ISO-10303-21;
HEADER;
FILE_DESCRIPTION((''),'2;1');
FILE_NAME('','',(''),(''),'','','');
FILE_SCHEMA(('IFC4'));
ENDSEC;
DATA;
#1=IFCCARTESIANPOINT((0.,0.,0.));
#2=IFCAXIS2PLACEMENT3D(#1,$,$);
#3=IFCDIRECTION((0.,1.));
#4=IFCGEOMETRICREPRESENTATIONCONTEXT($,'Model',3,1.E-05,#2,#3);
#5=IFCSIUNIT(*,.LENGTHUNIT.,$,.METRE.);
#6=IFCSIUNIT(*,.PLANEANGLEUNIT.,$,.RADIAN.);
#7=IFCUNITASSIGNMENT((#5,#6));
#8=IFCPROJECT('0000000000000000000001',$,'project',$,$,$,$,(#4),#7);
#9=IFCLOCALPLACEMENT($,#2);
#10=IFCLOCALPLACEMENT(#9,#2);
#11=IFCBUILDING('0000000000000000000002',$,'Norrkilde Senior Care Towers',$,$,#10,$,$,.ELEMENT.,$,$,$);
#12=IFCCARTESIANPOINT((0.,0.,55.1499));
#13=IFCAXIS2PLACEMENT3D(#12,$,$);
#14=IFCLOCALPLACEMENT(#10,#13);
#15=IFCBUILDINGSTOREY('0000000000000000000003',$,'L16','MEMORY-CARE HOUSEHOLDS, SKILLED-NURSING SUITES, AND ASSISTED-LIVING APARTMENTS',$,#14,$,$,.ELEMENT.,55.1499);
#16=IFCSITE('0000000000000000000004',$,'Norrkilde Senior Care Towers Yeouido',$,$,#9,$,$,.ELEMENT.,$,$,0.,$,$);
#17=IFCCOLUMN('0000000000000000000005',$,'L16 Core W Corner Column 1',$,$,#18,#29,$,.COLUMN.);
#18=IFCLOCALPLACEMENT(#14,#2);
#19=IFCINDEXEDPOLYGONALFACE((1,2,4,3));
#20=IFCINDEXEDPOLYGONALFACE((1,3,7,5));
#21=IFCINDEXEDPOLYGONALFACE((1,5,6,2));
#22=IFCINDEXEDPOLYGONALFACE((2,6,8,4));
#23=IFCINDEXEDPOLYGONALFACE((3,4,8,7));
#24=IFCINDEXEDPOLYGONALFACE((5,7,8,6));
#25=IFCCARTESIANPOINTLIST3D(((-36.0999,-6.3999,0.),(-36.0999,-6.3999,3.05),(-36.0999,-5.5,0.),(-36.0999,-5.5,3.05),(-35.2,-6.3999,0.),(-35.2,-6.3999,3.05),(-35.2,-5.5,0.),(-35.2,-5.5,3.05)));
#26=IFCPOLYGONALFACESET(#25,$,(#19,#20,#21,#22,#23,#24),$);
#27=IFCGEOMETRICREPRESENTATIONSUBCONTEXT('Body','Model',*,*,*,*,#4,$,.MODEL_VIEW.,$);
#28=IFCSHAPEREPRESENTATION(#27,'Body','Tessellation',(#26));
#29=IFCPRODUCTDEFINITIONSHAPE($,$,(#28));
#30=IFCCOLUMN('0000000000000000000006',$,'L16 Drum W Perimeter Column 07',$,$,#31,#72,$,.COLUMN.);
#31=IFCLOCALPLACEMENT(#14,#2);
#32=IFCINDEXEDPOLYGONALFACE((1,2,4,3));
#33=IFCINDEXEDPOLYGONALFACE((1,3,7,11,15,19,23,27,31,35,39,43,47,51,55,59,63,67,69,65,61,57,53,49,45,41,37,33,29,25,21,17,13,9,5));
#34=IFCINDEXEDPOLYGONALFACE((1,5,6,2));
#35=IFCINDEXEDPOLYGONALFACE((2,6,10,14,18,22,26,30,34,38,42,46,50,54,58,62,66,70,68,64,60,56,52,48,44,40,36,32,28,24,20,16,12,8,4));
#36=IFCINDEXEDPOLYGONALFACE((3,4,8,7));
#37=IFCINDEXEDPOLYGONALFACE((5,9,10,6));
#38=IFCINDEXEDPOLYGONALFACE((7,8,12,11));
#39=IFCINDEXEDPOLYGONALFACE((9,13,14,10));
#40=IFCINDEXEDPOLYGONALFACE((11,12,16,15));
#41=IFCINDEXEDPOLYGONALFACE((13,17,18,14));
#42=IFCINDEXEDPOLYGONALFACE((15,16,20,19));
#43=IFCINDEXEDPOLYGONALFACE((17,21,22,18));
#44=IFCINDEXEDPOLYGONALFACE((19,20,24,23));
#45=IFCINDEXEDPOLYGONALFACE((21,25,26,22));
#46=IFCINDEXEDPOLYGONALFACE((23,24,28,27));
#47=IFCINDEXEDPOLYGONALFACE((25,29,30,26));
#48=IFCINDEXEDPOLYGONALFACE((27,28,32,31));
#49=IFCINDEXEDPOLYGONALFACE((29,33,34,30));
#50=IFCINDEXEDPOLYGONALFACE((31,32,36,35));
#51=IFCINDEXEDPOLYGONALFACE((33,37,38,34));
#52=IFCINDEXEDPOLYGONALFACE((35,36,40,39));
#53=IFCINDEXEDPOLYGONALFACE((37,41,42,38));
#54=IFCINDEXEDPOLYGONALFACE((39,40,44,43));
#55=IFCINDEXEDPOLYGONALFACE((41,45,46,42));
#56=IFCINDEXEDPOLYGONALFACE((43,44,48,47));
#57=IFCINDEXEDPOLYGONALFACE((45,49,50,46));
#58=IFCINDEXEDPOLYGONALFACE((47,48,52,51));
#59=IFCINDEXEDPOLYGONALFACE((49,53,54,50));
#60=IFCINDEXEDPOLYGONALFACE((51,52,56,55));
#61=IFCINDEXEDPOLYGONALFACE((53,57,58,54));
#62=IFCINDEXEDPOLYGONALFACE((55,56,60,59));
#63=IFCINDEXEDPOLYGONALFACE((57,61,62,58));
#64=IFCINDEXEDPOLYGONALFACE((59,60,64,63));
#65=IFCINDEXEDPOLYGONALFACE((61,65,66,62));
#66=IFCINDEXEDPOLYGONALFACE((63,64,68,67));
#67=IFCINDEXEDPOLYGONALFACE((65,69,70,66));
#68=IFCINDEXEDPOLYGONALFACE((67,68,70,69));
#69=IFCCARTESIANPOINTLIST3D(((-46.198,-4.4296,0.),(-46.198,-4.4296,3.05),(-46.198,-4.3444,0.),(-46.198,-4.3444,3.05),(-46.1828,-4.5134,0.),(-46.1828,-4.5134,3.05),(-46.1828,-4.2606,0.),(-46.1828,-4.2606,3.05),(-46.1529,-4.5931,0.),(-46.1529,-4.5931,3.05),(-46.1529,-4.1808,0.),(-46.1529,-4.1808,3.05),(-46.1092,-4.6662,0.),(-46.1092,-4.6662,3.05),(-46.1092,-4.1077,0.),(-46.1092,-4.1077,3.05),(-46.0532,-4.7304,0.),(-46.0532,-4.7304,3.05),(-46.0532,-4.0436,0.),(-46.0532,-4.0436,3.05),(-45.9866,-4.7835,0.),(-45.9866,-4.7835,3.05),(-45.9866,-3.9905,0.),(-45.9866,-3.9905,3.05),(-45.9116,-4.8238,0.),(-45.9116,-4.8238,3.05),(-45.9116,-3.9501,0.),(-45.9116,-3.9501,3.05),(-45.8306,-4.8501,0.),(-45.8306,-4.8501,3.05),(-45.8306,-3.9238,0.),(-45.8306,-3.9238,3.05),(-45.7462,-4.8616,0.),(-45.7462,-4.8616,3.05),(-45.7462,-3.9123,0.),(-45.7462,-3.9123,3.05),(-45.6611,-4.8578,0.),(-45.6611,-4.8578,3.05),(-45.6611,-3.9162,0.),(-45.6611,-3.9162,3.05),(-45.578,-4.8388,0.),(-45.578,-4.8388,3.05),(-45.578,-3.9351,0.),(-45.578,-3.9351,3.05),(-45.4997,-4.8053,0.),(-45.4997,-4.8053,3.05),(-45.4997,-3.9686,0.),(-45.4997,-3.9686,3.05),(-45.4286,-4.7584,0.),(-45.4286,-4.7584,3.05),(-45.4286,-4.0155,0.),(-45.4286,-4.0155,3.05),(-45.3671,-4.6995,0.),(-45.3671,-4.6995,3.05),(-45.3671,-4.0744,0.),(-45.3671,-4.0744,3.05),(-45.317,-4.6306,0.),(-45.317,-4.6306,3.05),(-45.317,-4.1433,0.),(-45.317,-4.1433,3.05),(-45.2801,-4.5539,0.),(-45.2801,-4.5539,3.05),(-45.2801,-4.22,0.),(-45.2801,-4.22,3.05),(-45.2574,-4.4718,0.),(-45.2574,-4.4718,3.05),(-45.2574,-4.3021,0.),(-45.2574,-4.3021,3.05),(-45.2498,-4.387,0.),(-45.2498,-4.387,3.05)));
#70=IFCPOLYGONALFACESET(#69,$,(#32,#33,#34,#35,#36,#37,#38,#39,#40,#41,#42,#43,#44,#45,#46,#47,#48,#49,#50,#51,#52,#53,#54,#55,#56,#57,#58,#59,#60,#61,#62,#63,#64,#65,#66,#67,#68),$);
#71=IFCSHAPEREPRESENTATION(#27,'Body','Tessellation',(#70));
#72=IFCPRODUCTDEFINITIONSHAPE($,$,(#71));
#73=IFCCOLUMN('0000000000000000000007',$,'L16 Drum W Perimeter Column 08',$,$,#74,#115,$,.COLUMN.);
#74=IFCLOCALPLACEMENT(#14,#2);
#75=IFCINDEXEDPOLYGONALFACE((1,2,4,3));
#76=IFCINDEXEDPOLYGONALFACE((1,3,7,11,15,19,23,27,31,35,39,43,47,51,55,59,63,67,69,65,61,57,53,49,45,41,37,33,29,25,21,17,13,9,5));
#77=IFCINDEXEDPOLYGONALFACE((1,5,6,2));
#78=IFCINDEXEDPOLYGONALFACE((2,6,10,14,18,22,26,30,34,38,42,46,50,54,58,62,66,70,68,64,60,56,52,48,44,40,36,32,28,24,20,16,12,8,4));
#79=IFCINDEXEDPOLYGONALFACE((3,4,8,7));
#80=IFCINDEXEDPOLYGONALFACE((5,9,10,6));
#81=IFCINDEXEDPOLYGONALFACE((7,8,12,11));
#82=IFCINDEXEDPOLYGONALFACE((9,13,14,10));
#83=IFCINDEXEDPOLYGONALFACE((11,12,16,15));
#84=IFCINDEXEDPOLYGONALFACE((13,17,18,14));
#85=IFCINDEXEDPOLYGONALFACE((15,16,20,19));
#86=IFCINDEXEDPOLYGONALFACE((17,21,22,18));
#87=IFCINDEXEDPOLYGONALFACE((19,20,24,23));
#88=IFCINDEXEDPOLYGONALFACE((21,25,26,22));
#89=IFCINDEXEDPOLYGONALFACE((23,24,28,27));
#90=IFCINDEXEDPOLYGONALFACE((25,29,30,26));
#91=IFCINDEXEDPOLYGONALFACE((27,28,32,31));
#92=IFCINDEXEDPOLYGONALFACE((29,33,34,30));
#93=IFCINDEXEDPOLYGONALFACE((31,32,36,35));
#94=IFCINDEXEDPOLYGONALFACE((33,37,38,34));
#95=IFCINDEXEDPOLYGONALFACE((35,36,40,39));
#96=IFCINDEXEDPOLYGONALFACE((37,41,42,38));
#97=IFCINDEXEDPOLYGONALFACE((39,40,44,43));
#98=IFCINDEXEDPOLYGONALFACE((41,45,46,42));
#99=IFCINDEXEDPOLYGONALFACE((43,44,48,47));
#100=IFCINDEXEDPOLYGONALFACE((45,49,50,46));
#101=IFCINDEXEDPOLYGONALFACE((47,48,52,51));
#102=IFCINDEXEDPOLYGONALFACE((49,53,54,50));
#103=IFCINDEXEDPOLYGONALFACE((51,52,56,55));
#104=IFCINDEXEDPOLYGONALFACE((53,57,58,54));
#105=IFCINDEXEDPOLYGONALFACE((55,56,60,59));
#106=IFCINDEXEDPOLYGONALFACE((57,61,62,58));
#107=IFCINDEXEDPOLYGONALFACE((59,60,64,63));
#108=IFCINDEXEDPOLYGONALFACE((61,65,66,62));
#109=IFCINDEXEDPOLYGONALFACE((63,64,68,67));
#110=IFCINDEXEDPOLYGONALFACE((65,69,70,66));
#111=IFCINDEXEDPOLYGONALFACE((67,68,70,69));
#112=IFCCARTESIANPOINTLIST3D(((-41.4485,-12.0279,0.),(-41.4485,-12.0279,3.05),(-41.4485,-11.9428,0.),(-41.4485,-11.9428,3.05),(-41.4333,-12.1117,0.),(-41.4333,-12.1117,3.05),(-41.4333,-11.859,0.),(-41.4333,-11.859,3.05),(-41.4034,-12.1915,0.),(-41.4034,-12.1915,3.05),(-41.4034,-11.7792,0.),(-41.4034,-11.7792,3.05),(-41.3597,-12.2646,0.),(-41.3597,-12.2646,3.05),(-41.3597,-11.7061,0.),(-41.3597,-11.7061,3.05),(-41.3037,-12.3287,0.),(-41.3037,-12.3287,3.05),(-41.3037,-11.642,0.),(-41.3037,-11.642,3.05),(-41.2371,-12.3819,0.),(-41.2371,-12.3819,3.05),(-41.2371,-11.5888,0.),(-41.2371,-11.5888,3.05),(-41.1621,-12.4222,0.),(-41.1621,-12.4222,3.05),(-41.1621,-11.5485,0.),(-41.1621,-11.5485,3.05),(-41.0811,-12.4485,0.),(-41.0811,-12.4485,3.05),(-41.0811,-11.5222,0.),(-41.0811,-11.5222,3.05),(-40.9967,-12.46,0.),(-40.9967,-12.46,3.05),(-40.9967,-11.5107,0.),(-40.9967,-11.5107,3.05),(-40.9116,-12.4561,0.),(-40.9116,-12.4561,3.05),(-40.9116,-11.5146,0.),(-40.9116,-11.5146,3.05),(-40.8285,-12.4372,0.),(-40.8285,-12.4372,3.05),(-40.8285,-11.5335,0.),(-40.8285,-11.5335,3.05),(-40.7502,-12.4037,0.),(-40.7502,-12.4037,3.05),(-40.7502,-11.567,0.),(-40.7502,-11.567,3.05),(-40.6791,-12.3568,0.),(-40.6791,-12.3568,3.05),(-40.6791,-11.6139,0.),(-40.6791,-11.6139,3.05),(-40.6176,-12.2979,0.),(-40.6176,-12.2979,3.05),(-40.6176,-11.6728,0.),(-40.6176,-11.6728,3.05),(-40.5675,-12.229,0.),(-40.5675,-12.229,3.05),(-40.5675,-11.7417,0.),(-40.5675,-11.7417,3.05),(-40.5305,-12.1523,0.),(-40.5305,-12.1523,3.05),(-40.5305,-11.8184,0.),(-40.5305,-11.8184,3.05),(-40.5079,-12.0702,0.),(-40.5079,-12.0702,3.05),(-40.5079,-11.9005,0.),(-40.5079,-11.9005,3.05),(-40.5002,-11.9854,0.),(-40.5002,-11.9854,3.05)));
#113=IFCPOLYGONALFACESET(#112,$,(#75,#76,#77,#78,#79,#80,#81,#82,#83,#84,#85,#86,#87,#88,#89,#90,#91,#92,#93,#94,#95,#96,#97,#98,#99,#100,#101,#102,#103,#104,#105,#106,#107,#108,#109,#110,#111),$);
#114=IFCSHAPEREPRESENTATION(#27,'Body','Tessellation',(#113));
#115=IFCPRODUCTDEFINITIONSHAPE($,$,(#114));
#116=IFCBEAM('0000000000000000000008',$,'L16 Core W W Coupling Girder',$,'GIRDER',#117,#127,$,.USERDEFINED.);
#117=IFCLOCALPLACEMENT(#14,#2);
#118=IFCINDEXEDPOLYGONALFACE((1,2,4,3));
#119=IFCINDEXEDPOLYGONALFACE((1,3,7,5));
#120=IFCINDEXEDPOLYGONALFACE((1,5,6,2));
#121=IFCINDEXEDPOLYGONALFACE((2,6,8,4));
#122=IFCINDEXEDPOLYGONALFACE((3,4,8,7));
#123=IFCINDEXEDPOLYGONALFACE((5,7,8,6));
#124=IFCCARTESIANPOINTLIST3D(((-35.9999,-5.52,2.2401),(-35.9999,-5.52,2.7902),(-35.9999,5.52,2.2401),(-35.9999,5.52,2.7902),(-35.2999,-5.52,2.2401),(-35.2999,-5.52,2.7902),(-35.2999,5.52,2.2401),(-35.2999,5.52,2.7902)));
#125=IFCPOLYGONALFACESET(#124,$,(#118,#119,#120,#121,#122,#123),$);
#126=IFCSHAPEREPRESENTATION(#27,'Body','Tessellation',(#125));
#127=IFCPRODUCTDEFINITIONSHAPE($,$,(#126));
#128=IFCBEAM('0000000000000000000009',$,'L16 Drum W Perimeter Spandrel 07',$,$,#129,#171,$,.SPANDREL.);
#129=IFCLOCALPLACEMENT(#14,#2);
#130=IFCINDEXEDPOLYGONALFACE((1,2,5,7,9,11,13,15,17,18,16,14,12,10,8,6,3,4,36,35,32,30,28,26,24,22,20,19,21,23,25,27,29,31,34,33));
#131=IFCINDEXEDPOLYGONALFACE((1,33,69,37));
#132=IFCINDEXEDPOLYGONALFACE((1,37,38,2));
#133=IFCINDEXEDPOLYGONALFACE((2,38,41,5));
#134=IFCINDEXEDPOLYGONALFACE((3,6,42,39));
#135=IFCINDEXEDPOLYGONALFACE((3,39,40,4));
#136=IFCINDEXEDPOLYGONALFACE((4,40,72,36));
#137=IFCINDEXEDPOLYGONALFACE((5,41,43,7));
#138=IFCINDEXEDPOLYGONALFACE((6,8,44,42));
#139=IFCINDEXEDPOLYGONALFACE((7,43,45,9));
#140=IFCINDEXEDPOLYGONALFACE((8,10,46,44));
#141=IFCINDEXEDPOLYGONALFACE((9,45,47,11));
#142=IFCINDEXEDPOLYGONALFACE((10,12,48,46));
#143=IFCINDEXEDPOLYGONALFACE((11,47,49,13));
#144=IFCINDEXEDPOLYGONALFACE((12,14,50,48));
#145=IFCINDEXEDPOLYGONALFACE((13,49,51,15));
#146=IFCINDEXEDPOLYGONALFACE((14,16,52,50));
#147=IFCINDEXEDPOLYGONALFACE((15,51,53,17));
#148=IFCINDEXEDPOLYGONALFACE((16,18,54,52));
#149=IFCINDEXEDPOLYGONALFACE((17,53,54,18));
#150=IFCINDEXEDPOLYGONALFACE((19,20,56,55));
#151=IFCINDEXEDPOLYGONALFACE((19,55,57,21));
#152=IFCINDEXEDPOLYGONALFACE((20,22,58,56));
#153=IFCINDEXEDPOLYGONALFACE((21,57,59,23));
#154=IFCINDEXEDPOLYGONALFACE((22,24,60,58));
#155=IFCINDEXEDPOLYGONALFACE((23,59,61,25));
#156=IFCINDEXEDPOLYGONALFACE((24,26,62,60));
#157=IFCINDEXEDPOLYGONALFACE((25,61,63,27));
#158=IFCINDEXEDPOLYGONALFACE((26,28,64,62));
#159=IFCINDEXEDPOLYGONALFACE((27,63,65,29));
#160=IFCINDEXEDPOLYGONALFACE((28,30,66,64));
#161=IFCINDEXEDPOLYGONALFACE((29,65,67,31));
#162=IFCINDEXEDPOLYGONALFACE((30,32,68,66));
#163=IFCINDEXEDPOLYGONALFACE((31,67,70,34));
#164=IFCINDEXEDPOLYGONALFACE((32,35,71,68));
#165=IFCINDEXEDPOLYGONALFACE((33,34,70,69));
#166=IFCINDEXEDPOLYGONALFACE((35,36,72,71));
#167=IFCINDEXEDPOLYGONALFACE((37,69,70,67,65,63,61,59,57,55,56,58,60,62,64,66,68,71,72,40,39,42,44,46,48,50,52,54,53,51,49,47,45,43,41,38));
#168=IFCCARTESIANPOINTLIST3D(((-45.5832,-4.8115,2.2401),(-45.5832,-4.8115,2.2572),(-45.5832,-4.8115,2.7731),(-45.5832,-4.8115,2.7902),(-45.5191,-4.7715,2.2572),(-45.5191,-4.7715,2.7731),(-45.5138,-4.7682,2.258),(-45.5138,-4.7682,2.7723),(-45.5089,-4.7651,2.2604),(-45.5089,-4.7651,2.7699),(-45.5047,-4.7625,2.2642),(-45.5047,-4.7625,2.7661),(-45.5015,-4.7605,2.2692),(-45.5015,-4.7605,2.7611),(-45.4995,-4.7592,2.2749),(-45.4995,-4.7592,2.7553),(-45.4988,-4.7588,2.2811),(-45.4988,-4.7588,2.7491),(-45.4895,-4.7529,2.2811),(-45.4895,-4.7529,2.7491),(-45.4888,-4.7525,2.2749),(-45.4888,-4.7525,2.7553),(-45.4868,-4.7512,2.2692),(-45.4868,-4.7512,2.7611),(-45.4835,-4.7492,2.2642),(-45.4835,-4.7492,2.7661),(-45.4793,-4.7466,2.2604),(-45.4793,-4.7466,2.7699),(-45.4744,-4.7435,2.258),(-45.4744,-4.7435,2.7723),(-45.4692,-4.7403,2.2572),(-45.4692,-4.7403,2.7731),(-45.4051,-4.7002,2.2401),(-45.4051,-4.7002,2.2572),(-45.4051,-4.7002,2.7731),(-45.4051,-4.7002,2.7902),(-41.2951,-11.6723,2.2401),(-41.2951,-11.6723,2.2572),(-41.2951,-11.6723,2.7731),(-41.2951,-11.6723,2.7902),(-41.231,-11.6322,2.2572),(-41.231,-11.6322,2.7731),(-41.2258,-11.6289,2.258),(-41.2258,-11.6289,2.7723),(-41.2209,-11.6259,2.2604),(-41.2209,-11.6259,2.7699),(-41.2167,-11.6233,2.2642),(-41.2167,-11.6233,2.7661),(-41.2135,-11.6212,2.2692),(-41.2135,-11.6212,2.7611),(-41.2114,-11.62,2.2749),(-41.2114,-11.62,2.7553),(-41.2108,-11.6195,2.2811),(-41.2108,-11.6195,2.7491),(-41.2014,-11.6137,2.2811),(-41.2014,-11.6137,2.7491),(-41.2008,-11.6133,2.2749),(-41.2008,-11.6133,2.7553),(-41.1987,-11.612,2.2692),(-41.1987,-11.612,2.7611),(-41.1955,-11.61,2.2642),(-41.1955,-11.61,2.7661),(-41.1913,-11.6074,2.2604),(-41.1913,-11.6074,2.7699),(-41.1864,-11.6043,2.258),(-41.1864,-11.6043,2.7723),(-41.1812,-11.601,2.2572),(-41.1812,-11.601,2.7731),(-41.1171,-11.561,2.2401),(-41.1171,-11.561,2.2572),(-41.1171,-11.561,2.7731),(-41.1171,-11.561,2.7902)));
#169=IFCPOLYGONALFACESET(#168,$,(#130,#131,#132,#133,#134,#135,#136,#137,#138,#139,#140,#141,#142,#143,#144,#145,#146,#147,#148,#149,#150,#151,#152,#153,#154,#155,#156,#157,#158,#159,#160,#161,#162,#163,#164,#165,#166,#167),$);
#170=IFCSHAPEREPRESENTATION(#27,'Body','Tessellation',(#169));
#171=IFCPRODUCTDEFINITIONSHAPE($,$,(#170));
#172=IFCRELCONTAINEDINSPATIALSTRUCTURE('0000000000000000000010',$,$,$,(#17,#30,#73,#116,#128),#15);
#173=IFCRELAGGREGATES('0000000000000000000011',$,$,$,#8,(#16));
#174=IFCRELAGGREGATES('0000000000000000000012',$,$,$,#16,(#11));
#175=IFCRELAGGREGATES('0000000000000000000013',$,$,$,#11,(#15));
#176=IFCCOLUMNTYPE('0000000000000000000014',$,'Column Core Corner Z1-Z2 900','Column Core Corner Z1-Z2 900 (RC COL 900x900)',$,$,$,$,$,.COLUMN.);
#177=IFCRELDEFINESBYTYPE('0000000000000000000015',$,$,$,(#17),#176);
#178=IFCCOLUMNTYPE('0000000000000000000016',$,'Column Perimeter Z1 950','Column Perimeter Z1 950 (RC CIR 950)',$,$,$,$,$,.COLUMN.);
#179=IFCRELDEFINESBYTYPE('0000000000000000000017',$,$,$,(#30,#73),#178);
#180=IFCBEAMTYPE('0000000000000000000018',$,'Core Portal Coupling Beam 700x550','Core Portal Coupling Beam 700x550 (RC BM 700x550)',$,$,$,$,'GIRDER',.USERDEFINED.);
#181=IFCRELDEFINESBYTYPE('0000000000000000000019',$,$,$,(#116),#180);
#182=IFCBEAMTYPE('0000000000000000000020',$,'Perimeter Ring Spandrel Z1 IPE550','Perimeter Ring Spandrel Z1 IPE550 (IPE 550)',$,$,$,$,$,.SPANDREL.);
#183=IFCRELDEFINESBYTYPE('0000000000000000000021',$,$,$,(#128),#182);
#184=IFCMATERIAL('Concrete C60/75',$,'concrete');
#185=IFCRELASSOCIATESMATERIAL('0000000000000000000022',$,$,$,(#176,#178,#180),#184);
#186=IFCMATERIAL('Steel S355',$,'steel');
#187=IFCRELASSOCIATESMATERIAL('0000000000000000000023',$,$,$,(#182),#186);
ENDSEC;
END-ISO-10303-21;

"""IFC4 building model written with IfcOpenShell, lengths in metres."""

from ifc_helpers import new_model, si_unit, direction, frame, origin, origin_2d, place, context, subcontext, project, spatial, rectangle, circle, i_section, extrude, source, transform, mapped, material, material_profile, profile_set, type_object, type_shapes, element, save


model = new_model("IFC4")

# Units and contexts
model_context = context("Model", 3, precision=1e-05, world=origin(), true_north=direction((0.0, 1.0)))
body_context = subcontext(model_context, "Body", "Model", "MODEL_VIEW")
ifc_project = project(units=[si_unit("LENGTHUNIT", "METRE"), si_unit("PLANEANGLEUNIT", "RADIAN")], contexts=[model_context])

# Site, building, storey
site_placement = place(None, origin())
site = spatial("IfcSite", under=ifc_project, at=site_placement, Name="Norrkilde Senior Care Towers Yeouido", CompositionType="ELEMENT", RefElevation=0.0)
building_placement = place(site_placement, origin())
building = spatial("IfcBuilding", under=site, at=building_placement, Name="Norrkilde Senior Care Towers", CompositionType="ELEMENT")
storey_placement = place(building_placement, frame((0.0, 0.0, 55.1499)))
storey = spatial("IfcBuildingStorey", under=building, at=storey_placement, Name="L16", Description="MEMORY-CARE HOUSEHOLDS, SKILLED-NURSING SUITES, AND ASSISTED-LIVING APARTMENTS", CompositionType="ELEMENT", Elevation=55.1499)

# Columns
ifc_material_1 = material(Name="Concrete C60/75", Category="concrete")
ifc_material_profile_1 = material_profile(ifc_material_1, rectangle(XDim=0.8999, YDim=0.8999, at=origin_2d()), Name="RC COL 900x900")
ifc_profile_set_1 = profile_set([ifc_material_profile_1], Name="Concrete C60/75")
column_type_1 = type_object("IfcColumnType", Name="Column Core Corner Z1-Z2 900", Description="Column Core Corner Z1-Z2 900 (RC COL 900x900)", PredefinedType="COLUMN", material=ifc_profile_set_1)
shared_shape_1 = source(origin(), body_context, "Body", "SweptSolid", [
    extrude(rectangle(XDim=0.8999, YDim=0.8999, at=origin_2d()), origin(), (0.0, 0.0, 1.0), 3.05),
])
type_shapes(column_type_1, [shared_shape_1])
column_placement = place(storey_placement, frame((-35.6499, -5.95, 0.0), z_axis=(0.0, 0.0, 1.0), x_axis=(1.0, 0.0, 0.0)))
element("IfcColumn", 1, at=column_placement, inside=storey, type_object=column_type_1, Name="L16 Core W Corner Column 1", PredefinedType="COLUMN", context=body_context, shape_type="MappedRepresentation", body=[
    mapped(shared_shape_1, transform((0.0, 0.0, 0.0), x_axis=(1.0, 0.0, 0.0), y_axis=(0.0, 1.0, 0.0), z_axis=(0.0, 0.0, 1.0), scale=1.0)),
])
ifc_material_profile_2 = material_profile(ifc_material_1, circle(Radius=0.4751, at=origin_2d()), Name="RC CIR 950")
ifc_profile_set_2 = profile_set([ifc_material_profile_2], Name="Concrete C60/75")
column_type_2 = type_object("IfcColumnType", Name="Column Perimeter Z1 950", Description="Column Perimeter Z1 950 (RC CIR 950)", PredefinedType="COLUMN", material=ifc_profile_set_2)
shared_shape_2 = source(origin(), body_context, "Body", "SweptSolid", [
    extrude(circle(Radius=0.4751, at=origin_2d()), origin(), (0.0, 0.0, 1.0), 3.05),
])
type_shapes(column_type_2, [shared_shape_2])
for number, where, z_axis, x_axis, name in (
    (2, (-45.7249, -4.387, 0.0), (0.0, 0.0, 1.0), (1.0, 0.0, 0.0), "L16 Drum W Perimeter Column 07"),
    (3, (-40.9753, -11.9854, 0.0), (0.0, 0.0, 1.0), (1.0, 0.0, 0.0), "L16 Drum W Perimeter Column 08"),
):
    element("IfcColumn", number, at=place(storey_placement, frame(where, z_axis=z_axis, x_axis=x_axis)), inside=storey, type_object=column_type_2, Name=name, PredefinedType="COLUMN", context=body_context, shape_type="MappedRepresentation", body=[
        mapped(shared_shape_2, transform((0.0, 0.0, 0.0), x_axis=(1.0, 0.0, 0.0), y_axis=(0.0, 1.0, 0.0), z_axis=(0.0, 0.0, 1.0), scale=1.0)),
    ])

# Beams
ifc_material_profile_3 = material_profile(ifc_material_1, rectangle(XDim=0.7, YDim=0.55, at=origin_2d()), Name="RC BM 700x550")
ifc_profile_set_3 = profile_set([ifc_material_profile_3], Name="Concrete C60/75")
beam_type_1 = type_object("IfcBeamType", Name="Core Portal Coupling Beam 700x550", Description="Core Portal Coupling Beam 700x550 (RC BM 700x550)", ElementType="GIRDER", PredefinedType="USERDEFINED", material=ifc_profile_set_3)
shared_shape_3 = source(origin(), body_context, "Body", "SweptSolid", [
    extrude(rectangle(XDim=0.7, YDim=0.55, at=origin_2d()), origin(), (0.0, 0.0, 1.0), 11.04),
])
type_shapes(beam_type_1, [shared_shape_3])
beam_1_placement = place(storey_placement, frame((-35.6499, -5.52, 2.5151), z_axis=(0.0, 1.0, 0.0), x_axis=(-1.0, 0.0, 0.0)))
element("IfcBeam", 4, at=beam_1_placement, inside=storey, type_object=beam_type_1, Name="L16 Core W W Coupling Girder", ObjectType="GIRDER", PredefinedType="USERDEFINED", context=body_context, shape_type="MappedRepresentation", body=[
    mapped(shared_shape_3, transform((0.0, 0.0, 0.0), x_axis=(1.0, 0.0, 0.0), y_axis=(0.0, 1.0, 0.0), z_axis=(0.0, 0.0, 1.0), scale=1.0)),
])
ifc_material_2 = material(Name="Steel S355", Category="steel")
ifc_material_profile_4 = material_profile(ifc_material_2, i_section(OverallWidth=0.21, OverallDepth=0.55, WebThickness=0.011, FlangeThickness=0.0171, FilletRadius=0.0239, at=origin_2d()), Name="IPE 550")
ifc_profile_set_4 = profile_set([ifc_material_profile_4], Name="Steel S355")
beam_type_2 = type_object("IfcBeamType", Name="Perimeter Ring Spandrel Z1 IPE550", Description="Perimeter Ring Spandrel Z1 IPE550 (IPE 550)", PredefinedType="SPANDREL", material=ifc_profile_set_4)
shared_shape_4 = source(origin(), body_context, "Body", "SweptSolid", [
    extrude(i_section(OverallWidth=0.21, OverallDepth=0.55, WebThickness=0.011, FlangeThickness=0.0171, FilletRadius=0.0239, at=origin_2d()), origin(), (0.0, 0.0, 1.0), 8.0906),
])
beam_2_placement = place(storey_placement, frame((-45.4941, -4.7559, 2.5151), z_axis=(0.530004, -0.847995, 0.0), x_axis=(0.847995, 0.530004, 0.0)))
element("IfcBeam", 5, at=beam_2_placement, inside=storey, type_object=beam_type_2, Name="L16 Drum W Perimeter Spandrel 07", PredefinedType="SPANDREL", context=body_context, shape_type="MappedRepresentation", body=[
    mapped(shared_shape_4, transform((0.0, 0.0, 0.0), x_axis=(1.0, 0.0, 0.0), y_axis=(0.0, 1.0, 0.0), z_axis=(0.0, 0.0, 1.0), scale=1.0)),
])

save(model, "model.ifc")
